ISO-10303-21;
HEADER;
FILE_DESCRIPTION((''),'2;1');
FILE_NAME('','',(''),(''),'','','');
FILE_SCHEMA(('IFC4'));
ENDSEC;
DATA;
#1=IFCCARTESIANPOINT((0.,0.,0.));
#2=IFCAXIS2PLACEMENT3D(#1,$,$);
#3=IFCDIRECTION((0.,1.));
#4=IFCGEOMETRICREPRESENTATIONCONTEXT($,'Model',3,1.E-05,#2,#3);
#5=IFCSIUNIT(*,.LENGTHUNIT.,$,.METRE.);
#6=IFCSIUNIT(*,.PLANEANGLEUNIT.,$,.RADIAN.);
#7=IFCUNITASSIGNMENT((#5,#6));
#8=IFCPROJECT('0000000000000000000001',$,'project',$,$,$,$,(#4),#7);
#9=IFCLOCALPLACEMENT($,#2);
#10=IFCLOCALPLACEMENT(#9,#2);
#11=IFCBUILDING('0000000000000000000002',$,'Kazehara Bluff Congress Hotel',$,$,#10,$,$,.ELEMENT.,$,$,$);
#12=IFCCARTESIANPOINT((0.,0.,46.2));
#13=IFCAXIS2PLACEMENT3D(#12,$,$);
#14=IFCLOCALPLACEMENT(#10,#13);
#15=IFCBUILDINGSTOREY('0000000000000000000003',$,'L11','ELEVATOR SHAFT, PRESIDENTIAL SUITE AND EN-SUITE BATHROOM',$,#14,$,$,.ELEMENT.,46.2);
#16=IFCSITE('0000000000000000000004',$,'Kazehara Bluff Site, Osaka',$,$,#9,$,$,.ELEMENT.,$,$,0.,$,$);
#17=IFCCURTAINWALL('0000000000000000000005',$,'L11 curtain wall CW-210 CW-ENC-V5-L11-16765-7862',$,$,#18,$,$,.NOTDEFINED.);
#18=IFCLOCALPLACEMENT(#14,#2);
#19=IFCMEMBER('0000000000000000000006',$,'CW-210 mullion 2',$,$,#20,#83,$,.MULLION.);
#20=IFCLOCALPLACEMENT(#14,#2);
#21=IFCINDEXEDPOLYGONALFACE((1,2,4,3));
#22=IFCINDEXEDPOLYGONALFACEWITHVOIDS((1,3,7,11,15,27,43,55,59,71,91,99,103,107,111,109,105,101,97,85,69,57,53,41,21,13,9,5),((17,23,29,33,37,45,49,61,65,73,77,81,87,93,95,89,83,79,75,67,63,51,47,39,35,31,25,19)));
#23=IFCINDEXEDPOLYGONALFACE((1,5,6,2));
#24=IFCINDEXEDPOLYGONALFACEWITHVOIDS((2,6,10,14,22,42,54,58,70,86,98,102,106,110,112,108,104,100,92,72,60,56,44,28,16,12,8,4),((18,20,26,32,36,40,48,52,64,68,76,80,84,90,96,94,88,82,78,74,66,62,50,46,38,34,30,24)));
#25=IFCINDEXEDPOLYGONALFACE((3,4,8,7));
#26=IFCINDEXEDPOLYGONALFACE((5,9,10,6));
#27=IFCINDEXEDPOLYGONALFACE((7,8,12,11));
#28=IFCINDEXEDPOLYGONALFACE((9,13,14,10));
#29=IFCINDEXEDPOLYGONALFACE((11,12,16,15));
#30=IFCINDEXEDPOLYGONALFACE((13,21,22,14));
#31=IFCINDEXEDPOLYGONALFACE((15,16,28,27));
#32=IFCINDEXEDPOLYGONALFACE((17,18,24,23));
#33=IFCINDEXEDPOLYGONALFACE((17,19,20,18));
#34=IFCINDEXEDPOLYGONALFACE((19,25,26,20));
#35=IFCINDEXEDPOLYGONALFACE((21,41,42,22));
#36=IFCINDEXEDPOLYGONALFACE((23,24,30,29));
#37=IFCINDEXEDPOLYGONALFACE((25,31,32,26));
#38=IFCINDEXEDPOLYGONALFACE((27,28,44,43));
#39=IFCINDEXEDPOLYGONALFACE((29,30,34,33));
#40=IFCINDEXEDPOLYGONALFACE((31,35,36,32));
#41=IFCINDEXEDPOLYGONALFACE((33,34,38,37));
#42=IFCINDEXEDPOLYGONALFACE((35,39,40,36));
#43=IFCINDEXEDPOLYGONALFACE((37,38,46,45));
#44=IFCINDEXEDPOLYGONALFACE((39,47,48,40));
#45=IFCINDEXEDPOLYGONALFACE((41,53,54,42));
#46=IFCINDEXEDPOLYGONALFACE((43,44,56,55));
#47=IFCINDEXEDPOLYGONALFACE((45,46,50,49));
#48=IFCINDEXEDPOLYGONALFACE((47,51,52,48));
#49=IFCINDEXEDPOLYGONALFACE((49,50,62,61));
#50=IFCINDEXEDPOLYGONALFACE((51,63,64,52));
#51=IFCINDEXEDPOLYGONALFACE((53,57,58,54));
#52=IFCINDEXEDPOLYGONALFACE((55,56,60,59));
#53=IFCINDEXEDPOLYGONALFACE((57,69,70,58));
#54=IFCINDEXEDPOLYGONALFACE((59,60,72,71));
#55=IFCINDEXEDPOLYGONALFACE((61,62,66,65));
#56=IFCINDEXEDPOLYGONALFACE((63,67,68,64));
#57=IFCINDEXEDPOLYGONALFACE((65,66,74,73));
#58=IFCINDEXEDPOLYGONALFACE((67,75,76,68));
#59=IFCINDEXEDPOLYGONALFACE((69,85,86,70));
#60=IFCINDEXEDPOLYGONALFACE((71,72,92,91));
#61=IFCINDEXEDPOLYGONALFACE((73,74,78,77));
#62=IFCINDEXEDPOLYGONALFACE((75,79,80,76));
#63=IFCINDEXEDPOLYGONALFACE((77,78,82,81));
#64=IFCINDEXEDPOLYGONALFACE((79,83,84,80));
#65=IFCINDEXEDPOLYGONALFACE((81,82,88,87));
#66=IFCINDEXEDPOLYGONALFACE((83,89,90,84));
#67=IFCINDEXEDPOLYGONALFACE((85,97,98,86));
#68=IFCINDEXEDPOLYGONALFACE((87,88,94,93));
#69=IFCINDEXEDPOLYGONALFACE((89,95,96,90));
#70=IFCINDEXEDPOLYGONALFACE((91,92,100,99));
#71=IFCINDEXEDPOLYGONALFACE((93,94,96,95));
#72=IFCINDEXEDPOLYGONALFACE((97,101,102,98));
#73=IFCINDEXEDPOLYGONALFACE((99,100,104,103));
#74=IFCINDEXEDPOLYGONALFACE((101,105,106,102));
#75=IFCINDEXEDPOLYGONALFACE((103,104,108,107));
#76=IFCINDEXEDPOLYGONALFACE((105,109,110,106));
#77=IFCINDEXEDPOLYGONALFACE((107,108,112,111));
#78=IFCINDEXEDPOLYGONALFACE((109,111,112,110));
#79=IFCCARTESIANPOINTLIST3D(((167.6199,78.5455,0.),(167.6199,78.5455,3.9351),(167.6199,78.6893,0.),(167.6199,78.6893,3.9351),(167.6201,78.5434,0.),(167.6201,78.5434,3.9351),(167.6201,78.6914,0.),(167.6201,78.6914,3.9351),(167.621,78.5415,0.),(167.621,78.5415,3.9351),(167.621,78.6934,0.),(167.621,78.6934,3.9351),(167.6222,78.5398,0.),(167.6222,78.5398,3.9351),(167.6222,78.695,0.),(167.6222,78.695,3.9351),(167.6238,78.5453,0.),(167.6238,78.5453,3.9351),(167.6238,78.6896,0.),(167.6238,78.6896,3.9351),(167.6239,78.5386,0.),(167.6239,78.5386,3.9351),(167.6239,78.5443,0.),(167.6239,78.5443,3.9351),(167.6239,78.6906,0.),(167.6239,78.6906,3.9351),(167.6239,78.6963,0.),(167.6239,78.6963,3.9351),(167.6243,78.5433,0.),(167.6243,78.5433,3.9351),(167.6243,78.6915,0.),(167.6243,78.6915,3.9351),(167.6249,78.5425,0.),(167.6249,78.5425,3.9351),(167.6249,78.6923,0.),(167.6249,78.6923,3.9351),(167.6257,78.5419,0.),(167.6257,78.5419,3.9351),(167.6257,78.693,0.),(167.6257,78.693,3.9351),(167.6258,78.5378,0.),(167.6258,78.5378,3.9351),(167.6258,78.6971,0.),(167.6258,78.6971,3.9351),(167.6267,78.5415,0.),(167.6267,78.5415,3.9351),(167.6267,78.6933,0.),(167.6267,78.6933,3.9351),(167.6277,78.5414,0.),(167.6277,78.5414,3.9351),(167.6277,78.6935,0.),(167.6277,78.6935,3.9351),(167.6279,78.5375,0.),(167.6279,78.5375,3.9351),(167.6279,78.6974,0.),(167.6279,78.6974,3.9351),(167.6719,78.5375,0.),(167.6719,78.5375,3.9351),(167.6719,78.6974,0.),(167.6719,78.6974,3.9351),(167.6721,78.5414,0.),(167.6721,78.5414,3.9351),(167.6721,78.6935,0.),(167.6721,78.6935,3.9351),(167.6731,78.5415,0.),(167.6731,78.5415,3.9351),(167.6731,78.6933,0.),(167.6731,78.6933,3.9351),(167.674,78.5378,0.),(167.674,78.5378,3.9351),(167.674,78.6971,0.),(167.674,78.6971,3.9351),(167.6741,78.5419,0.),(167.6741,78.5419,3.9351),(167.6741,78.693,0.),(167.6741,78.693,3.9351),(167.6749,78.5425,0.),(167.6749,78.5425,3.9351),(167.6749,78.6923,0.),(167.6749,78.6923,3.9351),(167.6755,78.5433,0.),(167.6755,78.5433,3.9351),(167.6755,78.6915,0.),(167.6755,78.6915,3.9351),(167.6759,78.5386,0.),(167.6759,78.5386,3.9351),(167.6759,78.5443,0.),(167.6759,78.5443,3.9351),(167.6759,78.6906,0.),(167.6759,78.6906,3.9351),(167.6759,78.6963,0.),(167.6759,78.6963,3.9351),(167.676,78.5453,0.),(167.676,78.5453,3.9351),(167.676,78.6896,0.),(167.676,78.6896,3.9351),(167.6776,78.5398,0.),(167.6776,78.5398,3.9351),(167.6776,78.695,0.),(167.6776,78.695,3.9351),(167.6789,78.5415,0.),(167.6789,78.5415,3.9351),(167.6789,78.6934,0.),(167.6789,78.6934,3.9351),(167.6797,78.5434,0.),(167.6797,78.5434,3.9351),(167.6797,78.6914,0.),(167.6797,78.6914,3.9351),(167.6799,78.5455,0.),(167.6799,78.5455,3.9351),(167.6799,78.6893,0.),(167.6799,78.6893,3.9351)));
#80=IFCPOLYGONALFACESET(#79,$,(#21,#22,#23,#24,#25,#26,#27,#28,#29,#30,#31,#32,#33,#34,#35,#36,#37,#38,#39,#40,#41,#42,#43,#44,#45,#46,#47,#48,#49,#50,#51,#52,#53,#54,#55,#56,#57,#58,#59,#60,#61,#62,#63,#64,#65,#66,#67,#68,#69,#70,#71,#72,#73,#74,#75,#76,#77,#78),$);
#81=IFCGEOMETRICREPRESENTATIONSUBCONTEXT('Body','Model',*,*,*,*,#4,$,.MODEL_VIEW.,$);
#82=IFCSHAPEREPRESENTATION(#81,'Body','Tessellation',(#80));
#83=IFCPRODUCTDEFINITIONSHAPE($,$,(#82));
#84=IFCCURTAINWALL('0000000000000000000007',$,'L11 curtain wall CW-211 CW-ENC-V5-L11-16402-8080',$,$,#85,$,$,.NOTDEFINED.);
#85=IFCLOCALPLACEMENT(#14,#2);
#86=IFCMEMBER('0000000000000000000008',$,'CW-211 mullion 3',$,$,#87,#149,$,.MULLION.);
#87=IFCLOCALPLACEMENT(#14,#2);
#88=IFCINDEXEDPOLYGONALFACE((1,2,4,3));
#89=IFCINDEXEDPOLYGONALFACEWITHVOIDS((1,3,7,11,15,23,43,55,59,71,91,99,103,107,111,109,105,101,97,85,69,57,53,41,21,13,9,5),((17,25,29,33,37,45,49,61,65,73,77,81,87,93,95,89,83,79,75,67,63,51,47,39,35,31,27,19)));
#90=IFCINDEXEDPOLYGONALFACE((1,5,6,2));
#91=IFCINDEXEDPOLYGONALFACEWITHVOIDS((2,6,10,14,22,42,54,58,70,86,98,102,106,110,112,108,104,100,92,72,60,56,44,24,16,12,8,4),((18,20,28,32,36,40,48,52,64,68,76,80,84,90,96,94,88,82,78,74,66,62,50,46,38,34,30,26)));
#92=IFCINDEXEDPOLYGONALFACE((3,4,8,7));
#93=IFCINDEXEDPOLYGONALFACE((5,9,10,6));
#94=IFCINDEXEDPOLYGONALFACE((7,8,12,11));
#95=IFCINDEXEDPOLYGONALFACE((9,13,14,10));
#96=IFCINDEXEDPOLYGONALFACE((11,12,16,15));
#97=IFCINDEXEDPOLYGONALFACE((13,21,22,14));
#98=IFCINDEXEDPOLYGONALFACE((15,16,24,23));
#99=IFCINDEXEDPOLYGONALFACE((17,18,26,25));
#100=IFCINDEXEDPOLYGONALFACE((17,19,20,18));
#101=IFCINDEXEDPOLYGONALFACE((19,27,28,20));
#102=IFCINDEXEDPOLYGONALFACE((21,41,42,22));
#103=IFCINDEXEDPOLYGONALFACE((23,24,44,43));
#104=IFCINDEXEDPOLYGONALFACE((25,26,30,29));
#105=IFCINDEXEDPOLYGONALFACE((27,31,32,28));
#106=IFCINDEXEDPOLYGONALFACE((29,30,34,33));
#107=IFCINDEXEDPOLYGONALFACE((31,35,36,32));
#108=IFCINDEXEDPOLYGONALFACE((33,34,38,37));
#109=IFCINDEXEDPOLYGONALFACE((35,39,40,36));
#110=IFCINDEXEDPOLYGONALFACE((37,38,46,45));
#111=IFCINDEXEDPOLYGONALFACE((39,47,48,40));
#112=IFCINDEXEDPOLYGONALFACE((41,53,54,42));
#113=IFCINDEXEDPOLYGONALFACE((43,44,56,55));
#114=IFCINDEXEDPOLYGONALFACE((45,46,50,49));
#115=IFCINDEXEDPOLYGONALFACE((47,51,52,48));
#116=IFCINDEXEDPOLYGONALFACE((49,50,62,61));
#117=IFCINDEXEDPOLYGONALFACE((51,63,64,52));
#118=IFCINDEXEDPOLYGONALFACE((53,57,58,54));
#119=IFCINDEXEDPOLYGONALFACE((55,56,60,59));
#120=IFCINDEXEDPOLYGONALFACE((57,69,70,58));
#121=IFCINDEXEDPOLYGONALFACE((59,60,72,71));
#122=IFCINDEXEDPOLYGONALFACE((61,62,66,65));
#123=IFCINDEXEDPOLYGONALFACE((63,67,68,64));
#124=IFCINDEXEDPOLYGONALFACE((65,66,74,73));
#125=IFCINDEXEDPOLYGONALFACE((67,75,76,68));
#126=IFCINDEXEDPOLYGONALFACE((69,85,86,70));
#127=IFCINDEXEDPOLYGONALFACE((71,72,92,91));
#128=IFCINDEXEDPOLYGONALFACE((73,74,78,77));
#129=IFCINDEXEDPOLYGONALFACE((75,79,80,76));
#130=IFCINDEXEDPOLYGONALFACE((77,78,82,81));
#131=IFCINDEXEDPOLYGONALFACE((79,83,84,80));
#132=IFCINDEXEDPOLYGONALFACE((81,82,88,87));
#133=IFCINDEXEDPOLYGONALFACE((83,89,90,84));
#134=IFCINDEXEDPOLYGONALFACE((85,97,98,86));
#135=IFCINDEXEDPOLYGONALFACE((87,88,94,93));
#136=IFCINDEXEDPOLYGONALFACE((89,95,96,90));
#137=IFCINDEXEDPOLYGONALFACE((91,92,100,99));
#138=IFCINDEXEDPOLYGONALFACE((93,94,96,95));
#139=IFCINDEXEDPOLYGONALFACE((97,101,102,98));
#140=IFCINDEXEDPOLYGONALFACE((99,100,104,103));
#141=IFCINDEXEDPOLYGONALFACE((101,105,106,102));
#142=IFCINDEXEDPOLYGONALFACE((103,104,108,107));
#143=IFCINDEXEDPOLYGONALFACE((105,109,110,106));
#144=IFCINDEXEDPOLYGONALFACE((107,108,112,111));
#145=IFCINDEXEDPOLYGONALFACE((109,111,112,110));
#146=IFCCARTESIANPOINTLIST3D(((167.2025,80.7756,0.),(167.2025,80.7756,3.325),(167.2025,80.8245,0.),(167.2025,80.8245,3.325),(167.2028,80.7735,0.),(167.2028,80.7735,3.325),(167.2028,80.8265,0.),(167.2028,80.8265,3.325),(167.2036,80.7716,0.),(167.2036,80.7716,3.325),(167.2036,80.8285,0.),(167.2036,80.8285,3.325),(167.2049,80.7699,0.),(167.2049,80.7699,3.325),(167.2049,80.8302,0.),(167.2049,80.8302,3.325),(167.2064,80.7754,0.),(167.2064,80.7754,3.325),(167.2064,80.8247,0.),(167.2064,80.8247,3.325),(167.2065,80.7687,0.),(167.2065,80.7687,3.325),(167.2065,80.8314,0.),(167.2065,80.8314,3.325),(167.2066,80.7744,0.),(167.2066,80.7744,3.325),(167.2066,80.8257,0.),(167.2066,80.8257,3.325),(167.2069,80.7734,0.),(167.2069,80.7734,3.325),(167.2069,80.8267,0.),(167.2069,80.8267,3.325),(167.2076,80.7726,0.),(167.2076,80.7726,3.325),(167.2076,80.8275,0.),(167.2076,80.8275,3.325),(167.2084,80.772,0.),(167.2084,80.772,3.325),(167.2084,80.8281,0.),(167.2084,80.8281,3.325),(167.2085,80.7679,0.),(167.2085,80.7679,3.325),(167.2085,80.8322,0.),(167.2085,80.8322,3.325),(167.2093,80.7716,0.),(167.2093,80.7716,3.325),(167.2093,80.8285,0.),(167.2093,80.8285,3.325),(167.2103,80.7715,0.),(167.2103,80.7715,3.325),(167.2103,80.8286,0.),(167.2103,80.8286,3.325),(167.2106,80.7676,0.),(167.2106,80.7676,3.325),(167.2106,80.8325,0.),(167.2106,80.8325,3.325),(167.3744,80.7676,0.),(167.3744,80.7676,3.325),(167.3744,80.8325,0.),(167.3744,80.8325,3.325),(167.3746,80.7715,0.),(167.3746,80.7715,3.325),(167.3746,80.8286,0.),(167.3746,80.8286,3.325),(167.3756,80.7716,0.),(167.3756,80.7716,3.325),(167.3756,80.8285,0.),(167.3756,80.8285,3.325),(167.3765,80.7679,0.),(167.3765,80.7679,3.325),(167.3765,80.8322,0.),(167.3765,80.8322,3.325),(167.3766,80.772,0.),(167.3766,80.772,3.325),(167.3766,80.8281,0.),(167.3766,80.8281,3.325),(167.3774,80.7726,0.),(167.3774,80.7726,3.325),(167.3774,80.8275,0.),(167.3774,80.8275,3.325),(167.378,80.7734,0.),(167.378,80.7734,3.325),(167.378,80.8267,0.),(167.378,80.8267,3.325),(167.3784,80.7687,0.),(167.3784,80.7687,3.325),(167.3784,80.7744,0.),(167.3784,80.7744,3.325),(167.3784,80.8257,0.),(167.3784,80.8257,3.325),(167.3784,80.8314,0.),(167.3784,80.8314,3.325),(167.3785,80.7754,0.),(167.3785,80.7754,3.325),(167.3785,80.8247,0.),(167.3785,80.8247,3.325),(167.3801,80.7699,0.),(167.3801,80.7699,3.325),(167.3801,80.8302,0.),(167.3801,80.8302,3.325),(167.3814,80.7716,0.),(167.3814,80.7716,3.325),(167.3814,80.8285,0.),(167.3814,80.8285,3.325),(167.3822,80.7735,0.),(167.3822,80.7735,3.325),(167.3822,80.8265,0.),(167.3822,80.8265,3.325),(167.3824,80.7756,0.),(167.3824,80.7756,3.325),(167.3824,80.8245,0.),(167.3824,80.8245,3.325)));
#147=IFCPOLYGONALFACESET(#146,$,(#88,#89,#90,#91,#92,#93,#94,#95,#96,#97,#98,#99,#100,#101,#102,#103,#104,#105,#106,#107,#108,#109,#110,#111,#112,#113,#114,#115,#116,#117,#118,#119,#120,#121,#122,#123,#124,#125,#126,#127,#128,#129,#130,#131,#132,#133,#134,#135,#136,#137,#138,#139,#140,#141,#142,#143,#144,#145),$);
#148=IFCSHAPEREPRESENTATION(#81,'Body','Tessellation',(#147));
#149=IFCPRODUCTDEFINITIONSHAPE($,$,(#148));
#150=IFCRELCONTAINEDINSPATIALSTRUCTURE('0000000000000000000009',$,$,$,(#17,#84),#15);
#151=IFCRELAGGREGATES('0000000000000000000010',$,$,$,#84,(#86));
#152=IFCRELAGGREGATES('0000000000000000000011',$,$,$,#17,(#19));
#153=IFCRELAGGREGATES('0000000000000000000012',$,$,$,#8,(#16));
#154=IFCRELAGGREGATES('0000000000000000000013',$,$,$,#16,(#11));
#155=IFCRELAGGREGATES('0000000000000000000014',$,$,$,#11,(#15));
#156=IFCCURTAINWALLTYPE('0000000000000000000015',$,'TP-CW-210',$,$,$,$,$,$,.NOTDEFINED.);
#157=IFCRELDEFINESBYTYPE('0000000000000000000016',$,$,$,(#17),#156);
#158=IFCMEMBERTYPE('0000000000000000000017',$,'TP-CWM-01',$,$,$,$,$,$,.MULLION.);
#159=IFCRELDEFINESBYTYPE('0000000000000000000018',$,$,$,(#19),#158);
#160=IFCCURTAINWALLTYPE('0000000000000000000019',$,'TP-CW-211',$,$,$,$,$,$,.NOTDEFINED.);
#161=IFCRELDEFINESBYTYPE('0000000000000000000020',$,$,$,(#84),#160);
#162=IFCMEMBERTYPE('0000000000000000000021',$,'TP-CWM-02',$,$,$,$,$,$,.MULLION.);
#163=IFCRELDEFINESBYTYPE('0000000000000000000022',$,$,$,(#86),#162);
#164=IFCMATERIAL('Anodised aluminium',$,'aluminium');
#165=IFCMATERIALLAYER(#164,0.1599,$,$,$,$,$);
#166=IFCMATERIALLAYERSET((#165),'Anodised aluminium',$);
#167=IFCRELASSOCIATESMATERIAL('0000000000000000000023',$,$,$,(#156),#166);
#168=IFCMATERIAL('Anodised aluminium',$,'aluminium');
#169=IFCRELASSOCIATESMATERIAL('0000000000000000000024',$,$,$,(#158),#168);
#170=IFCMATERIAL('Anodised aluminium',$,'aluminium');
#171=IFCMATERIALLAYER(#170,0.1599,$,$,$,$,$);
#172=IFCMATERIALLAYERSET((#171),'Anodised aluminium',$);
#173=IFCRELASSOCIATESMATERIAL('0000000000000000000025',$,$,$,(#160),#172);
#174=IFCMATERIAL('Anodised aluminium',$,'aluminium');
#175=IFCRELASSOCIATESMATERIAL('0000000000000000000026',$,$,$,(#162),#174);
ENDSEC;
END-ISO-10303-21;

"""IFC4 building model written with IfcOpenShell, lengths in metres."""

from ifc_helpers import new_model, si_unit, direction, frame, origin, origin_2d, place, context, subcontext, project, spatial, hollow_rectangle, extrude, material, layer, layer_set, material_profile, profile_set, type_object, element, aggregate, save


model = new_model("IFC4")

# Units and contexts
model_context = context("Model", 3, precision=1e-05, world=origin(), true_north=direction((0.0, 1.0)))
body_context = subcontext(model_context, "Body", "Model", "MODEL_VIEW")
ifc_project = project(units=[si_unit("LENGTHUNIT", "METRE"), si_unit("PLANEANGLEUNIT", "RADIAN")], contexts=[model_context])

# Site, building, storey
site_placement = place(None, origin())
site = spatial("IfcSite", under=ifc_project, at=site_placement, Name="Kazehara Bluff Site, Osaka", CompositionType="ELEMENT", RefElevation=0.0)
building_placement = place(site_placement, origin())
building = spatial("IfcBuilding", under=site, at=building_placement, Name="Kazehara Bluff Congress Hotel", CompositionType="ELEMENT")
storey_placement = place(building_placement, frame((0.0, 0.0, 46.2)))
storey = spatial("IfcBuildingStorey", under=building, at=storey_placement, Name="L11", Description="ELEVATOR SHAFT, PRESIDENTIAL SUITE AND EN-SUITE BATHROOM", CompositionType="ELEMENT", Elevation=46.2)

# Curtain wall, member
ifc_material_1 = material(Name="Anodised aluminium", Category="aluminium")
ifc_layer_1 = layer(ifc_material_1, 0.1599)
ifc_layer_set_1 = layer_set([ifc_layer_1], Name="Anodised aluminium")
curtain_wall_type_1 = type_object("IfcCurtainWallType", Name="TP-CW-210", PredefinedType="NOTDEFINED", material=ifc_layer_set_1)
curtain_wall_1_placement = place(storey_placement, origin())
curtain_wall_1 = element("IfcCurtainWall", 1, at=curtain_wall_1_placement, inside=storey, type_object=curtain_wall_type_1, Name="L11 curtain wall CW-210 CW-ENC-V5-L11-16765-7862", PredefinedType="NOTDEFINED")
ifc_material_2 = material(Name="Anodised aluminium", Category="aluminium")
ifc_material_profile_1 = material_profile(ifc_material_2, hollow_rectangle(XDim=0.0601, YDim=0.1599, WallThickness=0.0039, InnerFilletRadius=0.0039, OuterFilletRadius=0.0081, at=origin_2d()))
ifc_profile_set_1 = profile_set([ifc_material_profile_1], Name="Anodised aluminium")
member_type_1 = type_object("IfcMemberType", Name="TP-CWM-01", PredefinedType="MULLION", material=ifc_profile_set_1)
member_1_placement = place(storey_placement, frame((167.6499, 78.6174, 0.0), z_axis=(0.0, 0.0, 1.0), x_axis=(1.0, 0.0, 0.0)))
member_1 = element("IfcMember", 2, at=member_1_placement, type_object=member_type_1, Name="CW-210 mullion 2", PredefinedType="MULLION", context=body_context, shape_type="SweptSolid", body=[
    extrude(hollow_rectangle(XDim=0.0601, YDim=0.1599, WallThickness=0.0039, InnerFilletRadius=0.0039, OuterFilletRadius=0.0081, at=origin_2d()), origin(), (0.0, 0.0, 1.0), 3.9351),
])

# Curtain wall, member
ifc_material_3 = material(Name="Anodised aluminium", Category="aluminium")
ifc_layer_2 = layer(ifc_material_3, 0.1599)
ifc_layer_set_2 = layer_set([ifc_layer_2], Name="Anodised aluminium")
curtain_wall_type_2 = type_object("IfcCurtainWallType", Name="TP-CW-211", PredefinedType="NOTDEFINED", material=ifc_layer_set_2)
curtain_wall_2_placement = place(storey_placement, origin())
curtain_wall_2 = element("IfcCurtainWall", 3, at=curtain_wall_2_placement, inside=storey, type_object=curtain_wall_type_2, Name="L11 curtain wall CW-211 CW-ENC-V5-L11-16402-8080", PredefinedType="NOTDEFINED")
ifc_material_4 = material(Name="Anodised aluminium", Category="aluminium")
ifc_material_profile_2 = material_profile(ifc_material_4, hollow_rectangle(XDim=0.0649, YDim=0.1799, WallThickness=0.0039, InnerFilletRadius=0.0039, OuterFilletRadius=0.0081, at=origin_2d()))
ifc_profile_set_2 = profile_set([ifc_material_profile_2], Name="Anodised aluminium")
member_type_2 = type_object("IfcMemberType", Name="TP-CWM-02", PredefinedType="MULLION", material=ifc_profile_set_2)
member_2_placement = place(storey_placement, frame((167.2925, 80.8, 0.0), z_axis=(0.0, 0.0, 1.0), x_axis=(0.0, 1.0, 0.0)))
member_2 = element("IfcMember", 4, at=member_2_placement, type_object=member_type_2, Name="CW-211 mullion 3", PredefinedType="MULLION", context=body_context, shape_type="SweptSolid", body=[
    extrude(hollow_rectangle(XDim=0.0649, YDim=0.1799, WallThickness=0.0039, InnerFilletRadius=0.0039, OuterFilletRadius=0.0081, at=origin_2d()), origin(), (0.0, 0.0, 1.0), 3.325),
])

aggregate(curtain_wall_2, [member_2])
aggregate(curtain_wall_1, [member_1])

save(model, "model.ifc")
